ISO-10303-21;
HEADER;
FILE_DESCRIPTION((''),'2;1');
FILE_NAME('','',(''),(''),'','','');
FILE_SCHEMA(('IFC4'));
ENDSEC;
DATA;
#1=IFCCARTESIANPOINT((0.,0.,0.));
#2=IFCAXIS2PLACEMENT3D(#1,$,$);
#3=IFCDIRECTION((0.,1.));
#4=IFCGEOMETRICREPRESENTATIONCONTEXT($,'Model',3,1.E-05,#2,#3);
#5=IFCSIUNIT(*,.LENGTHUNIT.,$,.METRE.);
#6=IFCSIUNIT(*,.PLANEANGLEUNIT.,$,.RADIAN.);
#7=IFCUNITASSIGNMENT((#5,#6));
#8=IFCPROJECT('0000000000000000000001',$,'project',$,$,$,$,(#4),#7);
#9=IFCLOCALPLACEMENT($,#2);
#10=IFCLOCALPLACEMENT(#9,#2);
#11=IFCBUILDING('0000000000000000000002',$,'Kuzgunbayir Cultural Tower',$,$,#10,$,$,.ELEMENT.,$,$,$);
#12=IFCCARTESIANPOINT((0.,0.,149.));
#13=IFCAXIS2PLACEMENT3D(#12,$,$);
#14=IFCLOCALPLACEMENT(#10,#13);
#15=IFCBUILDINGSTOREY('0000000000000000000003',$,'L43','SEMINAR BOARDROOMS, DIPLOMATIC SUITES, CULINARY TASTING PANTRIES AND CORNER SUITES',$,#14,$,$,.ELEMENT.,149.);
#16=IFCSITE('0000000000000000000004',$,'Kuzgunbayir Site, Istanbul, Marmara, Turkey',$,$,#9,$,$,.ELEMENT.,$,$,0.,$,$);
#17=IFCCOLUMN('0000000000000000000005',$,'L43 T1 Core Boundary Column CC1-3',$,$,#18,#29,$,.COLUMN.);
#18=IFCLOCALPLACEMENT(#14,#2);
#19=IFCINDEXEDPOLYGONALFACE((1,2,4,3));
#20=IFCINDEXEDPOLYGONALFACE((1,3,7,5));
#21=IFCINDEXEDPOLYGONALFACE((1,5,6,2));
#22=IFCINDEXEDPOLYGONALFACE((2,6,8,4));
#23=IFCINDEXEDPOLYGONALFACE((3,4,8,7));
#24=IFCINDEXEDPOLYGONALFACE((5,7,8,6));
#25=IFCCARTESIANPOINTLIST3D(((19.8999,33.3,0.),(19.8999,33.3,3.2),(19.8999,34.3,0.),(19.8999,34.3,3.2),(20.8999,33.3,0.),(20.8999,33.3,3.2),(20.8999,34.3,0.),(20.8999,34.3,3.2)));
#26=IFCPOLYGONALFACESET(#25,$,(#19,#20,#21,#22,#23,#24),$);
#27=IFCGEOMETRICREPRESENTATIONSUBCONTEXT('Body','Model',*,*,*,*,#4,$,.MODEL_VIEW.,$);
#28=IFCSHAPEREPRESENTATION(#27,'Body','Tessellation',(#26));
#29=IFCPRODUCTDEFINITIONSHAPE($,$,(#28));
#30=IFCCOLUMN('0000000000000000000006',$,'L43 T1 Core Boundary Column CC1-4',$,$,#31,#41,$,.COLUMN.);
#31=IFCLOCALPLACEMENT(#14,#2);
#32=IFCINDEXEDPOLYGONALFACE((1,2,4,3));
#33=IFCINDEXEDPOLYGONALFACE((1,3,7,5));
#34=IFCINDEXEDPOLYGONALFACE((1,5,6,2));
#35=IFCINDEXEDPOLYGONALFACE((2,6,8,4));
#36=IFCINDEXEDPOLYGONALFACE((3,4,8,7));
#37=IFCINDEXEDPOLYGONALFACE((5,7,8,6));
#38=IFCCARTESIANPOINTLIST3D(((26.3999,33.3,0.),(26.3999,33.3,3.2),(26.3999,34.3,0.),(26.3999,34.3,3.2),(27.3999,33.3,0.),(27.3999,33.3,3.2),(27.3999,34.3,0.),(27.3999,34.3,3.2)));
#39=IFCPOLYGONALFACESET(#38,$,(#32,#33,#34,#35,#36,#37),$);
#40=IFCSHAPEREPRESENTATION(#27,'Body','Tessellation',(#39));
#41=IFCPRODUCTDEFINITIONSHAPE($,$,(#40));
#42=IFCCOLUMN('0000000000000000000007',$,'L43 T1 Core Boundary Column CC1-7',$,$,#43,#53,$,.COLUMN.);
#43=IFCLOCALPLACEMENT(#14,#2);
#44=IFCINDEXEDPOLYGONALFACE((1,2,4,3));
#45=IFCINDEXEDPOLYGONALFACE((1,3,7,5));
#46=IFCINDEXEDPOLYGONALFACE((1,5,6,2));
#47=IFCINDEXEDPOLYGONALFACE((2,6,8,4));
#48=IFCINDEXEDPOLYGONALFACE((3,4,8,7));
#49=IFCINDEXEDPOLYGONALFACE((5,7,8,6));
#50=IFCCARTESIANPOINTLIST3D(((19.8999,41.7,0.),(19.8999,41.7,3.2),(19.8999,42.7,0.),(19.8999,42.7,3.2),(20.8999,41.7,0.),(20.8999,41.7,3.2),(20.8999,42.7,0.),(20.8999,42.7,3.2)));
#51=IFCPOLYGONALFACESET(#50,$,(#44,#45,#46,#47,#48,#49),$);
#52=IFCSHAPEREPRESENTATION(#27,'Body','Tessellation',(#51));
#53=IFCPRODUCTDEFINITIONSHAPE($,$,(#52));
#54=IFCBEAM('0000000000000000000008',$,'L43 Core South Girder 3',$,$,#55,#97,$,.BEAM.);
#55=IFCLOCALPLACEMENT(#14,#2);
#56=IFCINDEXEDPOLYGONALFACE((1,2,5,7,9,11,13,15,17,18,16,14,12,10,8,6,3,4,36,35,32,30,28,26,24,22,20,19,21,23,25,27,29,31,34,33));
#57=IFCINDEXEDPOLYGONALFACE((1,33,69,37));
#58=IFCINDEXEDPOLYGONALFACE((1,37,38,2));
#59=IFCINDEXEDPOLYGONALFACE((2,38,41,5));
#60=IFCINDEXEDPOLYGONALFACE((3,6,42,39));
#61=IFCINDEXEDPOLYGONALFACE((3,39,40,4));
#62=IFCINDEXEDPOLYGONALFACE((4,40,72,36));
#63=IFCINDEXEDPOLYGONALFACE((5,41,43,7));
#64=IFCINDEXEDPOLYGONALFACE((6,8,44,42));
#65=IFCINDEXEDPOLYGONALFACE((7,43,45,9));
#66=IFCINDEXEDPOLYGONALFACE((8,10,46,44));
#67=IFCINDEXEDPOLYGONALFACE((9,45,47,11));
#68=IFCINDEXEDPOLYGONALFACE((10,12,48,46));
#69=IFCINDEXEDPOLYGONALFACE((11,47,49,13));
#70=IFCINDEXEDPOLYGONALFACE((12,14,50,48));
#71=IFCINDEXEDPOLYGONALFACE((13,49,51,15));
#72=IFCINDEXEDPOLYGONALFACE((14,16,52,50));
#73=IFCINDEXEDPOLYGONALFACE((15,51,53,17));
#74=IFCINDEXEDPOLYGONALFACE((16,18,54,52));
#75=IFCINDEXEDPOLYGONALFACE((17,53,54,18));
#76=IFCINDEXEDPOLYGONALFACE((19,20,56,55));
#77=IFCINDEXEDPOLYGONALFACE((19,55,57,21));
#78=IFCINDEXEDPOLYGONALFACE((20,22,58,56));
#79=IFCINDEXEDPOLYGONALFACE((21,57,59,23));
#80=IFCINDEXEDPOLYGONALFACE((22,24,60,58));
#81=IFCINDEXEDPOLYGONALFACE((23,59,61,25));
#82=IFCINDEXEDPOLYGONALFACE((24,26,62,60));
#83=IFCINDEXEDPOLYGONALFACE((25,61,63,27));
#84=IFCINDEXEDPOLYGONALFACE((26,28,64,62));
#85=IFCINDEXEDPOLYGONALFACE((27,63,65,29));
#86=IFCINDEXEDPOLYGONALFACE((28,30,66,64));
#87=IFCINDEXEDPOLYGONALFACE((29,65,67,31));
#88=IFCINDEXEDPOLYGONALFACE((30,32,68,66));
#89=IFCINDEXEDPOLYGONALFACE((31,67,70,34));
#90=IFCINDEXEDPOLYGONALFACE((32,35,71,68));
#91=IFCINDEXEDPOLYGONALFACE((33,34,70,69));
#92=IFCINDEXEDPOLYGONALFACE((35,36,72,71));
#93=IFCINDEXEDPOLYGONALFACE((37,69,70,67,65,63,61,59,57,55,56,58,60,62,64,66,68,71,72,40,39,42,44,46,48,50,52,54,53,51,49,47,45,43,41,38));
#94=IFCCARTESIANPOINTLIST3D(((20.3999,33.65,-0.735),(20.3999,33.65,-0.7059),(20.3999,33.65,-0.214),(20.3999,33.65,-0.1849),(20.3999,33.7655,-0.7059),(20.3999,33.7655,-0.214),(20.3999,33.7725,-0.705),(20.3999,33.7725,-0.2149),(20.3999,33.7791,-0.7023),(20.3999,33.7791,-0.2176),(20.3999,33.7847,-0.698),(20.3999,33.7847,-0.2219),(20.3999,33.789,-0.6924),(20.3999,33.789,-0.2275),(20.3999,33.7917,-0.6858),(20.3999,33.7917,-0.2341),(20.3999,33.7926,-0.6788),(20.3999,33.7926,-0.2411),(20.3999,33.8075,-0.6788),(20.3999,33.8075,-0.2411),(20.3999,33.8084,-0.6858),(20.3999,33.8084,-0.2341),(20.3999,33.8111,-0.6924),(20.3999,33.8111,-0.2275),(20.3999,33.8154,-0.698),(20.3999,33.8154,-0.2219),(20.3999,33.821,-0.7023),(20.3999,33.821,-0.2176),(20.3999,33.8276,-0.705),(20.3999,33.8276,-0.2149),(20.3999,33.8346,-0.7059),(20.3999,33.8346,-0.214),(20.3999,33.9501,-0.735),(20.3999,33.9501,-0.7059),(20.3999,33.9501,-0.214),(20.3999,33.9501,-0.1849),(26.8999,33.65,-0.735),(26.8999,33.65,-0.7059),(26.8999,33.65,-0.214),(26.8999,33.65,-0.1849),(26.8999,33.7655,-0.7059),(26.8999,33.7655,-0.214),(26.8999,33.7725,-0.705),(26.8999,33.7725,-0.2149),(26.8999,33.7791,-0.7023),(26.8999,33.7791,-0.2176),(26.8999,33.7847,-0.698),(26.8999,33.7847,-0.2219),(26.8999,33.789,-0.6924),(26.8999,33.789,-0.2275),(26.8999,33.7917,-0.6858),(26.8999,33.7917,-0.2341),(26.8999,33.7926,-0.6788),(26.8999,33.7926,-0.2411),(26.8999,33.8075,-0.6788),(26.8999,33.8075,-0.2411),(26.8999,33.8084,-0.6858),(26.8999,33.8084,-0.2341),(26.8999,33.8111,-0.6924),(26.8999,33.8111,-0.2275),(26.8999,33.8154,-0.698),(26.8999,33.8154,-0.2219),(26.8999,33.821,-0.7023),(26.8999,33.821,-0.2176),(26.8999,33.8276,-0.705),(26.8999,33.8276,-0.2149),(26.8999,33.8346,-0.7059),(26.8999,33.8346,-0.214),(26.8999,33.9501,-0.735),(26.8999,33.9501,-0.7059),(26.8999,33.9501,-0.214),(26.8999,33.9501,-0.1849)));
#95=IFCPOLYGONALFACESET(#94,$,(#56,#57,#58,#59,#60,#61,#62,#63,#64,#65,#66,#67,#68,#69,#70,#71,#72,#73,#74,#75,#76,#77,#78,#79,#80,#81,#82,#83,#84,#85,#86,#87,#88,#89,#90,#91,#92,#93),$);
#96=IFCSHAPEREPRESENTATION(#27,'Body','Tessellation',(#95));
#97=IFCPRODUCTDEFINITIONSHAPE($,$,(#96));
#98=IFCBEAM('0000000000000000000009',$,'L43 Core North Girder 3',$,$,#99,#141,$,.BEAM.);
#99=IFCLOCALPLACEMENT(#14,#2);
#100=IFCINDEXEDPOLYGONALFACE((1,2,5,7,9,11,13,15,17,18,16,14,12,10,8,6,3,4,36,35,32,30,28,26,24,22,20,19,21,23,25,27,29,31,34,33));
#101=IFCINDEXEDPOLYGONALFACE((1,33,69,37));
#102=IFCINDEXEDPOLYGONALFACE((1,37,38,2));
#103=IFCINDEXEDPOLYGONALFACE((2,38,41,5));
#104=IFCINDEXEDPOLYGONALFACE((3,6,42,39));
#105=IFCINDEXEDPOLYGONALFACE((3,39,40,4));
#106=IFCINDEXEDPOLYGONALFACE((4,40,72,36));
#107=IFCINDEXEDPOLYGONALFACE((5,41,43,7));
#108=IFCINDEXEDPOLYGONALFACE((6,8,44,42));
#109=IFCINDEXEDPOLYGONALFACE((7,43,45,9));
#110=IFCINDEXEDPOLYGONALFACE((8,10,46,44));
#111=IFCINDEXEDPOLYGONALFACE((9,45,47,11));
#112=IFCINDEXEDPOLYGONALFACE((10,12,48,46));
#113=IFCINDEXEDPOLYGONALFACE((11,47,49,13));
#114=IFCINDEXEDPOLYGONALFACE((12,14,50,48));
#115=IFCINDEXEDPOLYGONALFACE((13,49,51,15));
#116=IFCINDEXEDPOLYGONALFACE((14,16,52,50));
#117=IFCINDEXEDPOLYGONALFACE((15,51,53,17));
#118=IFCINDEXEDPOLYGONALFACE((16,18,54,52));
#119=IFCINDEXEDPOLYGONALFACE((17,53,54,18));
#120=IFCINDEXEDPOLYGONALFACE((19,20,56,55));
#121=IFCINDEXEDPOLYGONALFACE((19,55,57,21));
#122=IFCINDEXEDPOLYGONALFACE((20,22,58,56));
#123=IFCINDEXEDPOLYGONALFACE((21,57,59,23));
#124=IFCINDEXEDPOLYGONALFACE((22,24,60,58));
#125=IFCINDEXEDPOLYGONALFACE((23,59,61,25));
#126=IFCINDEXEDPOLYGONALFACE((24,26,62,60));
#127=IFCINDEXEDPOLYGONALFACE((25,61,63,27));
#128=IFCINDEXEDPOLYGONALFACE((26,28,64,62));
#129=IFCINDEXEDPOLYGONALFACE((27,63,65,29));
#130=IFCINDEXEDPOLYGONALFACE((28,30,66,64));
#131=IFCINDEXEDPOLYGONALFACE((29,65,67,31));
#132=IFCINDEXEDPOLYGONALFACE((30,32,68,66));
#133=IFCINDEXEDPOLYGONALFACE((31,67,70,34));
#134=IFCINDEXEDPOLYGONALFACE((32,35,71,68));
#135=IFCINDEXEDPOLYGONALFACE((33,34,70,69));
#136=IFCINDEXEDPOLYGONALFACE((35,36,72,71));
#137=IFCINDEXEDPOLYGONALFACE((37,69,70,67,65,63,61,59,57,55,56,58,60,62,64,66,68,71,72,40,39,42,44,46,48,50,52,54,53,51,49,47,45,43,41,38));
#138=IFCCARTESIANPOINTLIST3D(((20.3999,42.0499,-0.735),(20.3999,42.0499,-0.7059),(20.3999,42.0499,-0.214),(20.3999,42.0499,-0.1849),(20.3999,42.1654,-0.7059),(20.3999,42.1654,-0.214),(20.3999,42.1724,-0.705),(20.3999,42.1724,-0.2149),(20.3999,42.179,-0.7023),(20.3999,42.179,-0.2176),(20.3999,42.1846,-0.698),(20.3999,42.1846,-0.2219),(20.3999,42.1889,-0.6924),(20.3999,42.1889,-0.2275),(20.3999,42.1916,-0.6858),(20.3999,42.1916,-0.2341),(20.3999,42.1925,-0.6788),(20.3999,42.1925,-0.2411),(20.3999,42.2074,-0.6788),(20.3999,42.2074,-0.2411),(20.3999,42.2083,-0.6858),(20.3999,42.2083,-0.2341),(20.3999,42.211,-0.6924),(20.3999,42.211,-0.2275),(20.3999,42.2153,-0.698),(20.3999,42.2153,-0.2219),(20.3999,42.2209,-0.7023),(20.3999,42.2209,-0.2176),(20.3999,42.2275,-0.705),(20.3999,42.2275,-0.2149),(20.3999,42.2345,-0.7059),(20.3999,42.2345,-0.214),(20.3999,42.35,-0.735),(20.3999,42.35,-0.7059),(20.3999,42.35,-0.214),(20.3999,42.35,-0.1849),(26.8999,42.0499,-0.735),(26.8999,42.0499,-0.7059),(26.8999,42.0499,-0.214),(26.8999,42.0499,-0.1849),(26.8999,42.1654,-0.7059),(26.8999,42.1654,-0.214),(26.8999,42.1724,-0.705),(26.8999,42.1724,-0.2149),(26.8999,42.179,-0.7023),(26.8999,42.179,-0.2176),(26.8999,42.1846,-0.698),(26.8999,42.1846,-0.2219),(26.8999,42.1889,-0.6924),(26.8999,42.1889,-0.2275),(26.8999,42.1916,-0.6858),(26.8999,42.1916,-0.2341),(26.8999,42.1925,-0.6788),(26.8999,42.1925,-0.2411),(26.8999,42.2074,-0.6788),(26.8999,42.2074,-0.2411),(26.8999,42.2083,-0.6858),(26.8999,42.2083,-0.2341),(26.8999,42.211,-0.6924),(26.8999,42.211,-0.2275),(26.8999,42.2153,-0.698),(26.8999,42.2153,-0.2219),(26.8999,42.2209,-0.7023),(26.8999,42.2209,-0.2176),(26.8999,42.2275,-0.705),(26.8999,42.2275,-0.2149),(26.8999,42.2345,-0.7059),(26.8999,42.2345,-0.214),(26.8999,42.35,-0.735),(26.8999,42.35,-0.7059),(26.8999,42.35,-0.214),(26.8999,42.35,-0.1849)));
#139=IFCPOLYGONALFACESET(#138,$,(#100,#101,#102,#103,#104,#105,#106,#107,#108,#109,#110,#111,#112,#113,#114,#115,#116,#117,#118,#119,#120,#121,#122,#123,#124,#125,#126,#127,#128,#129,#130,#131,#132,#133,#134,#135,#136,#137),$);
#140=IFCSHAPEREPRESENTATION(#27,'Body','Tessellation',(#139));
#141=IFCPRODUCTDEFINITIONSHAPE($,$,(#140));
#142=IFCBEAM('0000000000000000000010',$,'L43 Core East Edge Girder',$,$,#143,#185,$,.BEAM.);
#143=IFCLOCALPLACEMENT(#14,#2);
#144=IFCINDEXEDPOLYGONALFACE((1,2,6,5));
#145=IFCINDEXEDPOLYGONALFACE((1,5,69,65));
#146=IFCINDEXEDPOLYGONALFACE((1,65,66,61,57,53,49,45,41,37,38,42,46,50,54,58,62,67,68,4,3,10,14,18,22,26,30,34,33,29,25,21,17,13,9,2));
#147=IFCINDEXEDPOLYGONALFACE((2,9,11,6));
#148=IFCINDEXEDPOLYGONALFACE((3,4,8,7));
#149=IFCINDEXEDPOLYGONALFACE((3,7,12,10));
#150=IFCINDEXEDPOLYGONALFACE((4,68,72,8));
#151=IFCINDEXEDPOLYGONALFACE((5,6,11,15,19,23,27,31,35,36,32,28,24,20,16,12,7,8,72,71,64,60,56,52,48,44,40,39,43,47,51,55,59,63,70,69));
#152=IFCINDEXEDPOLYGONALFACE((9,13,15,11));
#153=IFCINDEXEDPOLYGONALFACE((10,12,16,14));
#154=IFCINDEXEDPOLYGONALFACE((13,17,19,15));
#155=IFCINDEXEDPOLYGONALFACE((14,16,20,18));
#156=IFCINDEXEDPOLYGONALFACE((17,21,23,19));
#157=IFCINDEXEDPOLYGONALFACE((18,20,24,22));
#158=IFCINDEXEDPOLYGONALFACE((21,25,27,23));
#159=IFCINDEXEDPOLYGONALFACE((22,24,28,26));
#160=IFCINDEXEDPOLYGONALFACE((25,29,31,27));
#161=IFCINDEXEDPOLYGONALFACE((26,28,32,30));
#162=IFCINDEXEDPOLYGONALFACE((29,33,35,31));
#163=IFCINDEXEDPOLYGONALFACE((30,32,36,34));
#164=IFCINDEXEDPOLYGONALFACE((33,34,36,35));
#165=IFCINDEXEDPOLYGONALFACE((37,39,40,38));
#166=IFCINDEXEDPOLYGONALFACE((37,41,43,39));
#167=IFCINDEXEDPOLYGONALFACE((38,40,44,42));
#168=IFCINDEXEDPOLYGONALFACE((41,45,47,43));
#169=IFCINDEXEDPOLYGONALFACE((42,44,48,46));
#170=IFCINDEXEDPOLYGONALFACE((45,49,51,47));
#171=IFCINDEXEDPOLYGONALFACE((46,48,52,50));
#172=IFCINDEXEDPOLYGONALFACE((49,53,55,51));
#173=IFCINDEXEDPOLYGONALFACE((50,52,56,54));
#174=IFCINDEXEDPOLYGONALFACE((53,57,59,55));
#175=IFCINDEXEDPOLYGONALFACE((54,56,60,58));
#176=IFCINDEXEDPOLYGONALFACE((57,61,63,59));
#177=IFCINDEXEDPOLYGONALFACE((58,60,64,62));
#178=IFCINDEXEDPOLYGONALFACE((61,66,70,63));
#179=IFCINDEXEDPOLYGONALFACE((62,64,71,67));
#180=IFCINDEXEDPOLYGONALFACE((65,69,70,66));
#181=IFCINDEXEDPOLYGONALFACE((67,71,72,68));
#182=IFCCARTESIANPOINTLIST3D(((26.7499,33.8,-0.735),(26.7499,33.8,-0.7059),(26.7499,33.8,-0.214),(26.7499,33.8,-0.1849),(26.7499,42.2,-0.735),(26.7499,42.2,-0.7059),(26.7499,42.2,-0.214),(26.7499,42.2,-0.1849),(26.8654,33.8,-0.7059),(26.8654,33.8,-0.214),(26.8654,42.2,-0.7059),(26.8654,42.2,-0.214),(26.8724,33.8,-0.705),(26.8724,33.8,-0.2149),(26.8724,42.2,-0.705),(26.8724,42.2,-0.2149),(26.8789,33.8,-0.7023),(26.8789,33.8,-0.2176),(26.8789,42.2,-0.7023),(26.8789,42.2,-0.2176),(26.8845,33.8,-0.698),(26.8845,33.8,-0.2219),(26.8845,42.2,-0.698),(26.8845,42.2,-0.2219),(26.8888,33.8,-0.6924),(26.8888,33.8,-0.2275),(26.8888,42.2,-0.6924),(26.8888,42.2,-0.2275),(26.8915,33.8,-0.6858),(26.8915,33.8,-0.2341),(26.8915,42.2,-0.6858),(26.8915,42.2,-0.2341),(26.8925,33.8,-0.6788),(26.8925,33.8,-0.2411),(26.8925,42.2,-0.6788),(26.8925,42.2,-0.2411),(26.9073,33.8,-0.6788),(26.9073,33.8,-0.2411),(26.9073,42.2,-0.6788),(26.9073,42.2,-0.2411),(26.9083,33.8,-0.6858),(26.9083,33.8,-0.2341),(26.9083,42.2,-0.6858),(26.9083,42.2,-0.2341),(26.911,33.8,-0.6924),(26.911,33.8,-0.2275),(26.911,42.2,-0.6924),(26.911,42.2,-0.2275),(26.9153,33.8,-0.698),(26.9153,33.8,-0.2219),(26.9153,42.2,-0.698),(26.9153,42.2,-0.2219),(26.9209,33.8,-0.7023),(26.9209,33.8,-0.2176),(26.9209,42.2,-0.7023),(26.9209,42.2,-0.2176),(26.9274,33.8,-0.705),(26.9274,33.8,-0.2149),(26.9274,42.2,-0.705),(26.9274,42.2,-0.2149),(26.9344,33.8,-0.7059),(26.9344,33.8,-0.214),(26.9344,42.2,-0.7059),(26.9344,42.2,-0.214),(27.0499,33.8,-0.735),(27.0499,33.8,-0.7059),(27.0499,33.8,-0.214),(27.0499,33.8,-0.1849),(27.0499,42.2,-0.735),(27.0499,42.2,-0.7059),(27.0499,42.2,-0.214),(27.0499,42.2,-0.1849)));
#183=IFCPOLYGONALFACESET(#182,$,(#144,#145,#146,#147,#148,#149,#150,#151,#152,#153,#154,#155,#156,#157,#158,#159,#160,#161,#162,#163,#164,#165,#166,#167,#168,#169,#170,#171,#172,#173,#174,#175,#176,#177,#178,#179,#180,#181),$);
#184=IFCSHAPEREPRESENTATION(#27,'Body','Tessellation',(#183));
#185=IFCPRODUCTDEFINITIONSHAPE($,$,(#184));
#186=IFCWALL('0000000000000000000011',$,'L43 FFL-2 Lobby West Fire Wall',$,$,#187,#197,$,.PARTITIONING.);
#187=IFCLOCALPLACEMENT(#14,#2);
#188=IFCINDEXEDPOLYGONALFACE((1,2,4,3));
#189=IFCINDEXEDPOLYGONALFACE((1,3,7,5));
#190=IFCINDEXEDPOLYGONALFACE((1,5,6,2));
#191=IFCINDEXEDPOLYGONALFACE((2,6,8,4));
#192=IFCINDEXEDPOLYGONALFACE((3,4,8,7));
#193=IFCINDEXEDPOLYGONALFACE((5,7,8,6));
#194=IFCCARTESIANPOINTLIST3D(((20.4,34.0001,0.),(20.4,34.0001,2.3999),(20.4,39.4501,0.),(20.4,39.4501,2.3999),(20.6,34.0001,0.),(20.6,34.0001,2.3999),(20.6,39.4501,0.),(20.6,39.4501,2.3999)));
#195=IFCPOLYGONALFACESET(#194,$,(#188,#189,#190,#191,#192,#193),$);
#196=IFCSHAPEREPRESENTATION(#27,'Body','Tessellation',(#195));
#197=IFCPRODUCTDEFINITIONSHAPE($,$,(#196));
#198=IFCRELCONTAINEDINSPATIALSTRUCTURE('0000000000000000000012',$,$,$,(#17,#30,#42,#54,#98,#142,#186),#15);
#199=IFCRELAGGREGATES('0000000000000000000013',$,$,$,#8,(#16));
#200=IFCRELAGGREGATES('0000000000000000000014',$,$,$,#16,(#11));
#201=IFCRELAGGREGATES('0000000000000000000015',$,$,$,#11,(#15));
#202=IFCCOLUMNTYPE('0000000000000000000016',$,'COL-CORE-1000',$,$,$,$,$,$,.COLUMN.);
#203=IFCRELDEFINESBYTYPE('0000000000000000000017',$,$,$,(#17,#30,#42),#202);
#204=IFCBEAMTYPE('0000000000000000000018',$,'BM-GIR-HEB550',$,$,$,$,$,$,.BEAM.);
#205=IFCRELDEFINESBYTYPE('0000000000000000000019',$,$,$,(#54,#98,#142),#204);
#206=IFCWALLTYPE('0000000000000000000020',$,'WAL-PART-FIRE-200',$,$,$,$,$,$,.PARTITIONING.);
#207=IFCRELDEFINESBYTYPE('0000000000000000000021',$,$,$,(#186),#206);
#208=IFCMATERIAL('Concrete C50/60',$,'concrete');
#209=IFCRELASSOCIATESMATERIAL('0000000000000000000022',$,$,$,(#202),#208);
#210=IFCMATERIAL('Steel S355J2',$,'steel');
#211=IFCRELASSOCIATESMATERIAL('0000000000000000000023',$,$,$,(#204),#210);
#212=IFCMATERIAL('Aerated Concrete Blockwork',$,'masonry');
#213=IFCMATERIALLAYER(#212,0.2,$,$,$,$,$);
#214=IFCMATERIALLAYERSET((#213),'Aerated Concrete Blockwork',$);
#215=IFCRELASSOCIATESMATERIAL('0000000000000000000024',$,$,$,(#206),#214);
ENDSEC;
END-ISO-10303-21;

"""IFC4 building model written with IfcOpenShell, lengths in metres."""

from ifc_helpers import new_model, si_unit, direction, frame, frame_2d, origin, origin_2d, place, context, subcontext, project, spatial, rectangle, i_section, extrude, material, layer, layer_set, material_profile, profile_set, type_object, element, save


model = new_model("IFC4")

# Units and contexts
model_context = context("Model", 3, precision=1e-05, world=origin(), true_north=direction((0.0, 1.0)))
body_context = subcontext(model_context, "Body", "Model", "MODEL_VIEW")
ifc_project = project(units=[si_unit("LENGTHUNIT", "METRE"), si_unit("PLANEANGLEUNIT", "RADIAN")], contexts=[model_context])

# Site, building, storey
site_placement = place(None, origin())
site = spatial("IfcSite", under=ifc_project, at=site_placement, Name="Kuzgunbayir Site, Istanbul, Marmara, Turkey", CompositionType="ELEMENT", RefElevation=0.0)
building_placement = place(site_placement, origin())
building = spatial("IfcBuilding", under=site, at=building_placement, Name="Kuzgunbayir Cultural Tower", CompositionType="ELEMENT")
storey_placement = place(building_placement, frame((0.0, 0.0, 149.0)))
storey = spatial("IfcBuildingStorey", under=building, at=storey_placement, Name="L43", Description="SEMINAR BOARDROOMS, DIPLOMATIC SUITES, CULINARY TASTING PANTRIES AND CORNER SUITES", CompositionType="ELEMENT", Elevation=149.0)

# Columns
ifc_material_1 = material(Name="Concrete C50/60", Category="concrete")
ifc_material_profile_1 = material_profile(ifc_material_1, rectangle(XDim=1.0, YDim=1.0, at=origin_2d()), Name="RC 1000x1000")
ifc_profile_set_1 = profile_set([ifc_material_profile_1], Name="Concrete C50/60")
column_type = type_object("IfcColumnType", Name="COL-CORE-1000", PredefinedType="COLUMN", material=ifc_profile_set_1)
for number, where, z_axis, x_axis, name in (
    (1, (20.3999, 33.8, 0.0), (0.0, 0.0, 1.0), (1.0, 0.0, 0.0), "L43 T1 Core Boundary Column CC1-3"),
    (2, (26.8999, 33.8, 0.0), (0.0, 0.0, 1.0), (1.0, 0.0, 0.0), "L43 T1 Core Boundary Column CC1-4"),
    (3, (20.3999, 42.2, 0.0), (0.0, 0.0, 1.0), (1.0, 0.0, 0.0), "L43 T1 Core Boundary Column CC1-7"),
):
    element("IfcColumn", number, at=place(storey_placement, frame(where, z_axis=z_axis, x_axis=x_axis)), inside=storey, type_object=column_type, Name=name, PredefinedType="COLUMN", context=body_context, shape_type="SweptSolid", body=[
        extrude(rectangle(XDim=1.0, YDim=1.0, at=origin_2d()), origin(), (0.0, 0.0, 1.0), 3.2),
    ])

# Beams
ifc_material_2 = material(Name="Steel S355J2", Category="steel")
ifc_material_profile_2 = material_profile(ifc_material_2, i_section(OverallWidth=0.3, OverallDepth=0.55, WebThickness=0.0149, FlangeThickness=0.0291, FilletRadius=0.0271, at=origin_2d()), Name="HEB 550")
ifc_profile_set_2 = profile_set([ifc_material_profile_2], Name="Steel S355J2")
beam_type = type_object("IfcBeamType", Name="BM-GIR-HEB550", PredefinedType="BEAM", material=ifc_profile_set_2)
for number, where, z_axis, x_axis, name in (
    (4, (20.3999, 33.8, -0.46), (1.0, 0.0, 0.0), (0.0, 1.0, 0.0), "L43 Core South Girder 3"),
    (5, (20.3999, 42.2, -0.46), (1.0, 0.0, 0.0), (0.0, 1.0, 0.0), "L43 Core North Girder 3"),
):
    element("IfcBeam", number, at=place(storey_placement, frame(where, z_axis=z_axis, x_axis=x_axis)), inside=storey, type_object=beam_type, Name=name, PredefinedType="BEAM", context=body_context, shape_type="SweptSolid", body=[
        extrude(i_section(OverallWidth=0.3, OverallDepth=0.55, WebThickness=0.0149, FlangeThickness=0.0291, FilletRadius=0.0271, at=origin_2d()), origin(), (0.0, 0.0, 1.0), 6.5),
    ])
beam_placement = place(storey_placement, frame((26.8999, 33.8, -0.46), z_axis=(0.0, 1.0, 0.0), x_axis=(-1.0, 0.0, 0.0)))
element("IfcBeam", 6, at=beam_placement, inside=storey, type_object=beam_type, Name="L43 Core East Edge Girder", PredefinedType="BEAM", context=body_context, shape_type="SweptSolid", body=[
    extrude(i_section(OverallWidth=0.3, OverallDepth=0.55, WebThickness=0.0149, FlangeThickness=0.0291, FilletRadius=0.0271, at=origin_2d()), origin(), (0.0, 0.0, 1.0), 8.3999),
])

# Wall
ifc_material_3 = material(Name="Aerated Concrete Blockwork", Category="masonry")
ifc_layer_1 = layer(ifc_material_3, 0.2)
ifc_layer_set_1 = layer_set([ifc_layer_1], Name="Aerated Concrete Blockwork")
wall_type_1 = type_object("IfcWallType", Name="WAL-PART-FIRE-200", PredefinedType="PARTITIONING", material=ifc_layer_set_1)
wall_1_placement = place(storey_placement, frame((20.5, 34.0, 0.0), z_axis=(0.0, 0.0, 1.0), x_axis=(0.0, 1.0, 0.0)))
element("IfcWall", 7, at=wall_1_placement, inside=storey, type_object=wall_type_1, Name="L43 FFL-2 Lobby West Fire Wall", PredefinedType="PARTITIONING", context=body_context, shape_type="SweptSolid", body=[
    extrude(rectangle(XDim=5.45, YDim=0.2, at=frame_2d((2.7251, 0.0))), origin(), (0.0, 0.0, 1.0), 2.3999),
])

save(model, "model.ifc")
